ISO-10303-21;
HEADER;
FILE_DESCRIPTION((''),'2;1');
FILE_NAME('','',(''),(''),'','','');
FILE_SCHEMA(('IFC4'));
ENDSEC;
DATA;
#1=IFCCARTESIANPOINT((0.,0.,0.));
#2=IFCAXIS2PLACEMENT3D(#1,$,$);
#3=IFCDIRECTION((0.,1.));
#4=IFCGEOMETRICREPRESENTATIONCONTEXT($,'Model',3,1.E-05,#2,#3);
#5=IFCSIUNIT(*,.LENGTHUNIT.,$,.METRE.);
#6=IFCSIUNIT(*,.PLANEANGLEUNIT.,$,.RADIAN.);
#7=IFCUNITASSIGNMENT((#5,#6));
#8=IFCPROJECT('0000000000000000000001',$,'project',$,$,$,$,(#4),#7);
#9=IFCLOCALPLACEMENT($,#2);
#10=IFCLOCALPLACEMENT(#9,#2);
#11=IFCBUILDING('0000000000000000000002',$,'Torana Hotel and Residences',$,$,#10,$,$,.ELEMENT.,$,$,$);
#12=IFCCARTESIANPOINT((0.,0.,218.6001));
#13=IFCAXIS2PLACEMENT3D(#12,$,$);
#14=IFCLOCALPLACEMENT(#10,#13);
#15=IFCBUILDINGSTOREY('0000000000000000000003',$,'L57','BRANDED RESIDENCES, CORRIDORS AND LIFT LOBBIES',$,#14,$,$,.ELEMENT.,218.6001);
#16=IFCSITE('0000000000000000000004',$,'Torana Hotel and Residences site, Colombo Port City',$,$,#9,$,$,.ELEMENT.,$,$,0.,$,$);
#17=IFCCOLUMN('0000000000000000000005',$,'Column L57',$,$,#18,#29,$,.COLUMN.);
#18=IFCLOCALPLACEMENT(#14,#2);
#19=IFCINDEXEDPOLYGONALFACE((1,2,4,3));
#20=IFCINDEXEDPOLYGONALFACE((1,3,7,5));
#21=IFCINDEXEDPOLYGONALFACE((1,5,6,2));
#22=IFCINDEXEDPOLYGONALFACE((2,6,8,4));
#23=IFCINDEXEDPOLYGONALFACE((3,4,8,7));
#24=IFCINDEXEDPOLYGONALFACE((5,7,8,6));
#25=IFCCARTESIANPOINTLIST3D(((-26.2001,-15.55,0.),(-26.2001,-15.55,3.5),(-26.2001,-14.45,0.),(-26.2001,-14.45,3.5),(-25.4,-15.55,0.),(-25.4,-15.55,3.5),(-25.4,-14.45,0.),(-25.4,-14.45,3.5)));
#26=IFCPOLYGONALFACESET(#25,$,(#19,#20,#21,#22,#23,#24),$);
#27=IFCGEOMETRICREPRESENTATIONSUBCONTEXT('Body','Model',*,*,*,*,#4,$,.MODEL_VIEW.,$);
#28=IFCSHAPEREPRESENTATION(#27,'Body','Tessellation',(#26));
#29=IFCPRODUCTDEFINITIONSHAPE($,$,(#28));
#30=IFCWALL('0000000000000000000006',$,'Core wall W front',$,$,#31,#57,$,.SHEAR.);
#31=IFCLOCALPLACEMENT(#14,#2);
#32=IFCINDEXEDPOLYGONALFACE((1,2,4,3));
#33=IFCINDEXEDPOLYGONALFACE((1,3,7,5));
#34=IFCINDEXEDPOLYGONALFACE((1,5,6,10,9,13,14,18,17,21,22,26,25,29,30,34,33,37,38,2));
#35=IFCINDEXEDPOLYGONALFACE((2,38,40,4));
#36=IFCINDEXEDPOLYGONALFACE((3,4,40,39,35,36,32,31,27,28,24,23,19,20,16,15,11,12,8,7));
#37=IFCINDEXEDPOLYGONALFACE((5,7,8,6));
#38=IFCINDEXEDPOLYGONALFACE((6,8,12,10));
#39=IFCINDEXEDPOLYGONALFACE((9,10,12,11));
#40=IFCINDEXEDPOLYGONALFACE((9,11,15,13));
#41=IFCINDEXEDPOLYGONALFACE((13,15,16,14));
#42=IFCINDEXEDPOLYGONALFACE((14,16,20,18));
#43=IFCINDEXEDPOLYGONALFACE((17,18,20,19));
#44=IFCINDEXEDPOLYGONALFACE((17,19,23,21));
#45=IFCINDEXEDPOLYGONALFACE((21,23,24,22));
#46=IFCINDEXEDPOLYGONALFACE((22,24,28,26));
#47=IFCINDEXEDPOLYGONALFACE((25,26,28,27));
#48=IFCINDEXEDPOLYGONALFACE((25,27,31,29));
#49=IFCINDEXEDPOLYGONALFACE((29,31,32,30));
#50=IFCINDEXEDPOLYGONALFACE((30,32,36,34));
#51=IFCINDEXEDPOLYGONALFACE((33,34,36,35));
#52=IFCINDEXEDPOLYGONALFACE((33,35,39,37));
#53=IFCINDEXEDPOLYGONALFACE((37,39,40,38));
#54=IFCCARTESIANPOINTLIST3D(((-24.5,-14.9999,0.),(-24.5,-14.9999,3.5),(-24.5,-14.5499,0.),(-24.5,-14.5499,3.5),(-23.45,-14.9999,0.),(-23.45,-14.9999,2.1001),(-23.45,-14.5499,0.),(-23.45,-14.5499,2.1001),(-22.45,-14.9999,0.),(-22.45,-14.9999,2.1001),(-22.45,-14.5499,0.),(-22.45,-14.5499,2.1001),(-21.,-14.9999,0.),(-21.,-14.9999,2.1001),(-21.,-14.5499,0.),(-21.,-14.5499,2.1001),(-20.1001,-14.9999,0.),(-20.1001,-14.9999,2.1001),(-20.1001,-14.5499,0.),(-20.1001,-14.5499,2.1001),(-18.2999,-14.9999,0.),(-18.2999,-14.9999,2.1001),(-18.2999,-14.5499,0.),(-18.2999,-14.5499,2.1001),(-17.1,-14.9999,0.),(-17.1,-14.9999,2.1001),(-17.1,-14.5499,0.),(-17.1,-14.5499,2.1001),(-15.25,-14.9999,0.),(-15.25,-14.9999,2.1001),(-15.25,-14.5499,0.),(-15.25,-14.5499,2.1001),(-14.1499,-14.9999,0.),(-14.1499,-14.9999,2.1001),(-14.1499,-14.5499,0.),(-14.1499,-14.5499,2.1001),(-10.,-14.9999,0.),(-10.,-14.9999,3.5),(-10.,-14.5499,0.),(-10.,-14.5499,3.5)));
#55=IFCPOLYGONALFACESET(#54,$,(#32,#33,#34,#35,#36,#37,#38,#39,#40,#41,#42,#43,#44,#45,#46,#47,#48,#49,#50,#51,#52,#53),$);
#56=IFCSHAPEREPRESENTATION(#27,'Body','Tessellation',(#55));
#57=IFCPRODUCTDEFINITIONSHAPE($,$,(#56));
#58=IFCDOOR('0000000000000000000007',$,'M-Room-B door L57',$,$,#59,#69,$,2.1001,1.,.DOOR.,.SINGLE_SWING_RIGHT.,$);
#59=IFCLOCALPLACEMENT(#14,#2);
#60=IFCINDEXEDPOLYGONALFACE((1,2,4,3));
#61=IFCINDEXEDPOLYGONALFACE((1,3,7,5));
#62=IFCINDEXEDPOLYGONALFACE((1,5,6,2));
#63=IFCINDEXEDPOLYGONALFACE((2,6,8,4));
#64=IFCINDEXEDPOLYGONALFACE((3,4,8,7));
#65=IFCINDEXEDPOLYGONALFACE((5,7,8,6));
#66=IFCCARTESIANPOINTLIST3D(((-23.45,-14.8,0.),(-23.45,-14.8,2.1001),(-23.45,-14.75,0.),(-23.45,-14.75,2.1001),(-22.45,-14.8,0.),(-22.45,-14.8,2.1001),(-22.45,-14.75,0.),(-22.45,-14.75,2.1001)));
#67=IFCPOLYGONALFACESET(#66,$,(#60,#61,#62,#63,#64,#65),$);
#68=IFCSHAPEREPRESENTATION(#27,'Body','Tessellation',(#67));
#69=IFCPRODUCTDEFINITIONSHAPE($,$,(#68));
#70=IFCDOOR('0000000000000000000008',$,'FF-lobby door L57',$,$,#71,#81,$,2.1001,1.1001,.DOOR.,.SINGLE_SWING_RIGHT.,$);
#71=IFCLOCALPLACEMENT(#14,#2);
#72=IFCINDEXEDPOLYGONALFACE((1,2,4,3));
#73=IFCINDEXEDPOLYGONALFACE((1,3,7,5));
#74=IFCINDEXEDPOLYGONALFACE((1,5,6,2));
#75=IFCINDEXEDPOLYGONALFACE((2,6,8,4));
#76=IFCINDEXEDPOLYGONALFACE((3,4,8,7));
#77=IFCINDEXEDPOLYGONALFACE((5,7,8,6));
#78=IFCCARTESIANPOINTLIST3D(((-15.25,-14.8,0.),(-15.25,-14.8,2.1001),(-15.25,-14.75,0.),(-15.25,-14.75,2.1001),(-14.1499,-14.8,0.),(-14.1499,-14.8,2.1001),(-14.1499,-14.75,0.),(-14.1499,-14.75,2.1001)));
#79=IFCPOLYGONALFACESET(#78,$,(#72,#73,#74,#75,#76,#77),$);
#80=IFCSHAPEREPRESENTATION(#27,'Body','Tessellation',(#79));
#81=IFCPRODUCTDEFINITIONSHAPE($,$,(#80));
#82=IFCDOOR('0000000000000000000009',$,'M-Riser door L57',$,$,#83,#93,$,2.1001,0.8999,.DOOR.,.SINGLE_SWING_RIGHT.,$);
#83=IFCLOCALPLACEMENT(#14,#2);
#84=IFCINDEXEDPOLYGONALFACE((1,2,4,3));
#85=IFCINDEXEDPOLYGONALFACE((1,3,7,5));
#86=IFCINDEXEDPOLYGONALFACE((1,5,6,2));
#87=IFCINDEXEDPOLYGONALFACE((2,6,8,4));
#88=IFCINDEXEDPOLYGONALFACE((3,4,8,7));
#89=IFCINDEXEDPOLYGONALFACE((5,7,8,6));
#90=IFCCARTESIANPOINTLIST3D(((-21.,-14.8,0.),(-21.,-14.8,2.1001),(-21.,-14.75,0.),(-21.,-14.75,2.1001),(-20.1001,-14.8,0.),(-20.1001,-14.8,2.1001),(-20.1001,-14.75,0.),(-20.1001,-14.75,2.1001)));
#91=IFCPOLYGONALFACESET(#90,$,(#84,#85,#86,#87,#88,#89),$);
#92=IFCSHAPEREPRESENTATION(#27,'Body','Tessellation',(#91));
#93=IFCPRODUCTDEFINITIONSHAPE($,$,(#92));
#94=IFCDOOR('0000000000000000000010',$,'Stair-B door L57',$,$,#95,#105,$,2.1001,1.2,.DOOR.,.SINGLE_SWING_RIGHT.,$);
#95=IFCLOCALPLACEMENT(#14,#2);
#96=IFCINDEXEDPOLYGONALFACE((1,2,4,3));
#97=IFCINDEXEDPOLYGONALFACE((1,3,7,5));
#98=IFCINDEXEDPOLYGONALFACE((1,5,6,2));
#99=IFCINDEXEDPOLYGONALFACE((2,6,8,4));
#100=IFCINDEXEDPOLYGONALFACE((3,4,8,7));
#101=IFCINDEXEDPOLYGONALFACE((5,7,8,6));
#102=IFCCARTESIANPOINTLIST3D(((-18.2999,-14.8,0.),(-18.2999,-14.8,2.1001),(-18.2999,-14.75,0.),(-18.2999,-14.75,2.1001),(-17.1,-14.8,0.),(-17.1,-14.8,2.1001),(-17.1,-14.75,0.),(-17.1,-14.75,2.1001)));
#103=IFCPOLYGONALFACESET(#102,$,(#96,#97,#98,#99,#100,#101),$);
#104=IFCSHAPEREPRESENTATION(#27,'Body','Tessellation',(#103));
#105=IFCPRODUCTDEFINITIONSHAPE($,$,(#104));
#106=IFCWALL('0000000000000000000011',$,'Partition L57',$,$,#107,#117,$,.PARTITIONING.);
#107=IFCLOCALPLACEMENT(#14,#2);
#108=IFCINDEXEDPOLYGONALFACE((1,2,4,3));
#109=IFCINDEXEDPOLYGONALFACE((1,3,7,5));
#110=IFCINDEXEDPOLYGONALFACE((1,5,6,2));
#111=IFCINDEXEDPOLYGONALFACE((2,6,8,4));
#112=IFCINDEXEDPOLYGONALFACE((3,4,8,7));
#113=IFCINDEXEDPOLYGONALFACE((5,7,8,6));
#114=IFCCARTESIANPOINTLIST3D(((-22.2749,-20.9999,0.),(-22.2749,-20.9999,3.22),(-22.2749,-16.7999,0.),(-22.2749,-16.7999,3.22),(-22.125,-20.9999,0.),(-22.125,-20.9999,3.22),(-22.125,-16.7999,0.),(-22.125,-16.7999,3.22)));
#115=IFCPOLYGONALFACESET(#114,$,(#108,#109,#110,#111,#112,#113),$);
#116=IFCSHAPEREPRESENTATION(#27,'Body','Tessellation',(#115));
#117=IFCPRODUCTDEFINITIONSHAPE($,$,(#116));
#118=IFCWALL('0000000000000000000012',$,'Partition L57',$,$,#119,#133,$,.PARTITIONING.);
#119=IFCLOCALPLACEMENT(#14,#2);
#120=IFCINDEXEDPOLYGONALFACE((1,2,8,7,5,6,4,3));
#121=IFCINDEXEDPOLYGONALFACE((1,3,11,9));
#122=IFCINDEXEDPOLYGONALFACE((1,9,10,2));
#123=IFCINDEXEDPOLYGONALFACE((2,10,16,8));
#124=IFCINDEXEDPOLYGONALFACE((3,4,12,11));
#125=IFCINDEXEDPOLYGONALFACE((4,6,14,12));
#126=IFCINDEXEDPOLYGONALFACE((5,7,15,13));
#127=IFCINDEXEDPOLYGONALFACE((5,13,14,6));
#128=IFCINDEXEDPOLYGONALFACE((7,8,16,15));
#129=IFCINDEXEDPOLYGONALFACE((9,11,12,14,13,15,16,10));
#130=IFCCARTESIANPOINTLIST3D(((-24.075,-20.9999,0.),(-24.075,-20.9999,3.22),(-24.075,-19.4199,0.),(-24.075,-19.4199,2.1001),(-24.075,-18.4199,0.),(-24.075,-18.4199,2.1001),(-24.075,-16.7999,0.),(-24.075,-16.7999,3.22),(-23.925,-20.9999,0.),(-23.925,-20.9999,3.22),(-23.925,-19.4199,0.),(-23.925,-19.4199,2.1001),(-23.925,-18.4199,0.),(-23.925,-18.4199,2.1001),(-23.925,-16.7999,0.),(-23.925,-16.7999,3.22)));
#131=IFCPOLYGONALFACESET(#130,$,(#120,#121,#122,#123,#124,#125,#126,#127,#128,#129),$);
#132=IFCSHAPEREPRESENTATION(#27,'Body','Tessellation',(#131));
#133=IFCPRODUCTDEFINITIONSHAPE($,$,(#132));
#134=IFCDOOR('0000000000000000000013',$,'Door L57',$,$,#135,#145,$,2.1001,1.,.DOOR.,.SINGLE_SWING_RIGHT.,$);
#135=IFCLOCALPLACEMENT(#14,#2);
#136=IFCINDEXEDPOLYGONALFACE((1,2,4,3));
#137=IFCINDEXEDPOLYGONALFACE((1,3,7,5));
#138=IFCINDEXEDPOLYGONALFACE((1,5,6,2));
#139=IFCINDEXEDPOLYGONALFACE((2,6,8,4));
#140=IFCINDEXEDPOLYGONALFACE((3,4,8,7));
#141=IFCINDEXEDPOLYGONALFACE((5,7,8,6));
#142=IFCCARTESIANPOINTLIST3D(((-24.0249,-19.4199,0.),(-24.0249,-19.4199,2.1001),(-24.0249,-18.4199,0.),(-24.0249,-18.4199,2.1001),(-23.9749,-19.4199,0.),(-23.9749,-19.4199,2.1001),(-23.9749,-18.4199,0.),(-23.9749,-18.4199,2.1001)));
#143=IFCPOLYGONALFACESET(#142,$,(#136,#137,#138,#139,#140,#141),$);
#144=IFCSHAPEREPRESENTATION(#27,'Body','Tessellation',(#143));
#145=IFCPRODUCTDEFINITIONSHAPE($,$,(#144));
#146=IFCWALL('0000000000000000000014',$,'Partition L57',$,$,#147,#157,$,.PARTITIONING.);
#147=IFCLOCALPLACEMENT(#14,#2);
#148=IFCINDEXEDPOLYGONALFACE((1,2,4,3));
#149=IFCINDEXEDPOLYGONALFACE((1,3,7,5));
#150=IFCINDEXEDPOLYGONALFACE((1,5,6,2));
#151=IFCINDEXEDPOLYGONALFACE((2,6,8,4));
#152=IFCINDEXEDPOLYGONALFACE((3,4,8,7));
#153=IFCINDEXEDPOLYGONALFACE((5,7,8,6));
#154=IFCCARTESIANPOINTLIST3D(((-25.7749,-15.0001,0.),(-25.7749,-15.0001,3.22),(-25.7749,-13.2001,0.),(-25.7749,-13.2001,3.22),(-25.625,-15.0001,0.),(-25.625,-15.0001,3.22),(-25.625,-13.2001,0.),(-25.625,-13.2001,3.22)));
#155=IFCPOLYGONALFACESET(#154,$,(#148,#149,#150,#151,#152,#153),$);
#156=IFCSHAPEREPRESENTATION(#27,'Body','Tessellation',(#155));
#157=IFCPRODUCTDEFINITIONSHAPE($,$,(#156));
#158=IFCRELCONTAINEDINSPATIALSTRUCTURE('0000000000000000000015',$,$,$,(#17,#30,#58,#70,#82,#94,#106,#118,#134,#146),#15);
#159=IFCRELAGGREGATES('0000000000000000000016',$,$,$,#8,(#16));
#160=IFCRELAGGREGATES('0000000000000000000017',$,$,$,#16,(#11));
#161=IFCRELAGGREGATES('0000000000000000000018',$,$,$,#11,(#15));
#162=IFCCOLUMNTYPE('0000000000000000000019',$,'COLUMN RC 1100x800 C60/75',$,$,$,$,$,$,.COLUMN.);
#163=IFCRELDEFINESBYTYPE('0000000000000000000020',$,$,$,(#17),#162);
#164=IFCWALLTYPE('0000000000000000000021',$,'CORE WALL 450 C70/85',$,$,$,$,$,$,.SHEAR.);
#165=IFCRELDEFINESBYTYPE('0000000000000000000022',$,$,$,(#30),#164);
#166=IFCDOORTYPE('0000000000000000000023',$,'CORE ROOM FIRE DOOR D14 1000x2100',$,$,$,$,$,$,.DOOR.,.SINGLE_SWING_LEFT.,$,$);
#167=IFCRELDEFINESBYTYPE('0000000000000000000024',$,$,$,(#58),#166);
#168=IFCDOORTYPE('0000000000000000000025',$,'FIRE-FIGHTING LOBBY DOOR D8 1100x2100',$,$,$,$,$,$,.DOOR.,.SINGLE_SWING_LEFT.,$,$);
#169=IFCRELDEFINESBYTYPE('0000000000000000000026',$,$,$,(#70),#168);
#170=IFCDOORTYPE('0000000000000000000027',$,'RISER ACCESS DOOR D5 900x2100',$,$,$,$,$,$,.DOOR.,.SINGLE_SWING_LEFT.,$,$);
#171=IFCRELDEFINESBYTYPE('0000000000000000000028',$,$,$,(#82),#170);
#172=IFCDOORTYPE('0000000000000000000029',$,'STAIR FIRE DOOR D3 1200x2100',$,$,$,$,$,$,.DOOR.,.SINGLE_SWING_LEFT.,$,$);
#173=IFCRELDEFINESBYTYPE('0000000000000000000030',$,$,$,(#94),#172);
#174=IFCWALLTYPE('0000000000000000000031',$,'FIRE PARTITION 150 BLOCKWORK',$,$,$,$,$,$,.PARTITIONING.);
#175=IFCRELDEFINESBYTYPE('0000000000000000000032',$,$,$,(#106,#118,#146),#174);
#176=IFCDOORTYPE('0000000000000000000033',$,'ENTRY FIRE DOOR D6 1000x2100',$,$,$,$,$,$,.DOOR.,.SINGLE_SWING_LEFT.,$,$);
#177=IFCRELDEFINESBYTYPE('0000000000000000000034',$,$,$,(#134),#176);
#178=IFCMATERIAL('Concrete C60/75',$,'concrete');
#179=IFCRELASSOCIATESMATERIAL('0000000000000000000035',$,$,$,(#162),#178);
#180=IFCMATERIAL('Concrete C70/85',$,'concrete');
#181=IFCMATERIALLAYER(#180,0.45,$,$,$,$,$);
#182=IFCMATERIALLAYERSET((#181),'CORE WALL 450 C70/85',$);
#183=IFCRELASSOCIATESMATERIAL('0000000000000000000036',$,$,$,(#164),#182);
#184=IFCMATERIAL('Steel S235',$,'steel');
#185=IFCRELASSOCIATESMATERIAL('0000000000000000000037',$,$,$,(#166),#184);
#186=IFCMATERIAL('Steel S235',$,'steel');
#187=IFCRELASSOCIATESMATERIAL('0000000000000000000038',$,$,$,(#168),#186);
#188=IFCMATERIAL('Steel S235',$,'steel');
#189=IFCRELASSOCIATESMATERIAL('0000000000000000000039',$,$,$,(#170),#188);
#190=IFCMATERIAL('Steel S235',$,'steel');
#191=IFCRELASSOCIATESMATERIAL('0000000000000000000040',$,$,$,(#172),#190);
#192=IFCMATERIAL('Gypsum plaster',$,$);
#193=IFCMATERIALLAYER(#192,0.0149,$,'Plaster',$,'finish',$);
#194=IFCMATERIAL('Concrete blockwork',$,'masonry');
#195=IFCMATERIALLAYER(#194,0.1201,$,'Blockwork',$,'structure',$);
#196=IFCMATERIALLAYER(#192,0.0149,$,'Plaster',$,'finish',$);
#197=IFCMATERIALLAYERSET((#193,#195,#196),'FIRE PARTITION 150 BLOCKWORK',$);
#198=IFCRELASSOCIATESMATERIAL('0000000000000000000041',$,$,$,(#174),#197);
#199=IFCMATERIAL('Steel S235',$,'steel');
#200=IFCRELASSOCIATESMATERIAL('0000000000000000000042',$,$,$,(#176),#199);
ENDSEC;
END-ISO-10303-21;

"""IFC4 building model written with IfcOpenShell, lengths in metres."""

from ifc_helpers import new_model, si_unit, direction, frame, frame_2d, origin, origin_2d, place, context, subcontext, project, spatial, rectangle, extrude, material, layer, layer_set, material_profile, profile_set, type_object, element, fill, save


model = new_model("IFC4")

# Units and contexts
model_context = context("Model", 3, precision=1e-05, world=origin(), true_north=direction((0.0, 1.0)))
body_context = subcontext(model_context, "Body", "Model", "MODEL_VIEW")
ifc_project = project(units=[si_unit("LENGTHUNIT", "METRE"), si_unit("PLANEANGLEUNIT", "RADIAN")], contexts=[model_context])

# Site, building, storey
site_placement = place(None, origin())
site = spatial("IfcSite", under=ifc_project, at=site_placement, Name="Torana Hotel and Residences site, Colombo Port City", CompositionType="ELEMENT", RefElevation=0.0)
building_placement = place(site_placement, origin())
building = spatial("IfcBuilding", under=site, at=building_placement, Name="Torana Hotel and Residences", CompositionType="ELEMENT")
storey_placement = place(building_placement, frame((0.0, 0.0, 218.6001)))
storey = spatial("IfcBuildingStorey", under=building, at=storey_placement, Name="L57", Description="BRANDED RESIDENCES, CORRIDORS AND LIFT LOBBIES", CompositionType="ELEMENT", Elevation=218.6001)

# Column
ifc_material_1 = material(Name="Concrete C60/75", Category="concrete")
ifc_material_profile = material_profile(ifc_material_1, rectangle(XDim=1.1001, YDim=0.8, at=origin_2d()), Name="RC 1100x800")
ifc_profile_set = profile_set([ifc_material_profile], Name="Concrete C60/75")
column_type = type_object("IfcColumnType", Name="COLUMN RC 1100x800 C60/75", PredefinedType="COLUMN", material=ifc_profile_set)
column_placement = place(storey_placement, frame((-25.8, -15.0, 0.0), z_axis=(0.0, 0.0, 1.0), x_axis=(0.0, 1.0, 0.0)))
element("IfcColumn", 1, at=column_placement, inside=storey, type_object=column_type, Name="Column L57", PredefinedType="COLUMN", context=body_context, shape_type="SweptSolid", body=[
    extrude(rectangle(XDim=1.1001, YDim=0.8, at=origin_2d()), origin(), (0.0, 0.0, 1.0), 3.5),
])

# Wall, openings, doors
ifc_material_2 = material(Name="Concrete C70/85", Category="concrete")
ifc_layer_1 = layer(ifc_material_2, 0.45)
ifc_layer_set_1 = layer_set([ifc_layer_1], Name="CORE WALL 450 C70/85")
wall_type_1 = type_object("IfcWallType", Name="CORE WALL 450 C70/85", PredefinedType="SHEAR", material=ifc_layer_set_1)
wall_1_placement = place(storey_placement, frame((-24.5, -14.7749, 0.0), z_axis=(0.0, 0.0, 1.0), x_axis=(1.0, 0.0, 0.0)))
wall_1 = element("IfcWall", 2, at=wall_1_placement, inside=storey, type_object=wall_type_1, Name="Core wall W front", PredefinedType="SHEAR", context=body_context, shape_type="SweptSolid", body=[
    extrude(rectangle(XDim=14.5, YDim=0.45, at=frame_2d((7.25, 0.0))), origin(), (0.0, 0.0, 1.0), 3.5),
])
opening_1_placement = place(wall_1_placement, frame((6.2, 0.0, 0.0)))
opening_1 = element("IfcOpeningElement", 3, at=opening_1_placement, cuts=wall_1, PredefinedType="OPENING", context=body_context, shape_type="SweptSolid", body=[
    extrude(rectangle(XDim=1.2, YDim=2.1001, at=frame_2d((0.6001, 1.05))), frame((0.0, 0.2349, 0.0), z_axis=(0.0, -1.0, 0.0), x_axis=(1.0, 0.0, 0.0)), (0.0, 0.0, 1.0), 0.47),
])
opening_2_placement = place(wall_1_placement, frame((9.25, 0.0, 0.0)))
opening_2 = element("IfcOpeningElement", 4, at=opening_2_placement, cuts=wall_1, PredefinedType="OPENING", context=body_context, shape_type="SweptSolid", body=[
    extrude(rectangle(XDim=1.1001, YDim=2.1001, at=frame_2d((0.55, 1.05))), frame((0.0, 0.2349, 0.0), z_axis=(0.0, -1.0, 0.0), x_axis=(1.0, 0.0, 0.0)), (0.0, 0.0, 1.0), 0.47),
])
opening_3_placement = place(wall_1_placement, frame((3.5, 0.0, 0.0)))
opening_3 = element("IfcOpeningElement", 5, at=opening_3_placement, cuts=wall_1, PredefinedType="OPENING", context=body_context, shape_type="SweptSolid", body=[
    extrude(rectangle(XDim=0.8999, YDim=2.1001, at=frame_2d((0.45, 1.05))), frame((0.0, 0.2349, 0.0), z_axis=(0.0, -1.0, 0.0), x_axis=(1.0, 0.0, 0.0)), (0.0, 0.0, 1.0), 0.47),
])
opening_4_placement = place(wall_1_placement, frame((1.05, 0.0, 0.0)))
opening_4 = element("IfcOpeningElement", 6, at=opening_4_placement, cuts=wall_1, PredefinedType="OPENING", context=body_context, shape_type="SweptSolid", body=[
    extrude(rectangle(XDim=1.0, YDim=2.1001, at=frame_2d((0.5, 1.05))), frame((0.0, 0.2349, 0.0), z_axis=(0.0, -1.0, 0.0), x_axis=(1.0, 0.0, 0.0)), (0.0, 0.0, 1.0), 0.47),
])
ifc_material_3 = material(Name="Steel S235", Category="steel")
door_type_1 = type_object("IfcDoorType", Name="CORE ROOM FIRE DOOR D14 1000x2100", OperationType="SINGLE_SWING_LEFT", PredefinedType="DOOR", material=ifc_material_3)
door_1_placement = place(opening_4_placement, origin())
door_1 = element("IfcDoor", 7, at=door_1_placement, inside=storey, type_object=door_type_1, Name="M-Room-B door L57", OperationType="SINGLE_SWING_RIGHT", OverallHeight=2.1001, OverallWidth=1.0, PredefinedType="DOOR", context=body_context, shape_type="SweptSolid", body=[
    extrude(rectangle(XDim=1.0, YDim=2.1001, at=frame_2d((0.5, 1.05))), frame((0.0, 0.0249, 0.0), z_axis=(0.0, -1.0, 0.0), x_axis=(1.0, 0.0, 0.0)), (0.0, 0.0, 1.0), 0.05),
])
fill(opening_4, door_1)
ifc_material_4 = material(Name="Steel S235", Category="steel")
door_type_2 = type_object("IfcDoorType", Name="FIRE-FIGHTING LOBBY DOOR D8 1100x2100", OperationType="SINGLE_SWING_LEFT", PredefinedType="DOOR", material=ifc_material_4)
door_2_placement = place(opening_2_placement, origin())
door_2 = element("IfcDoor", 8, at=door_2_placement, inside=storey, type_object=door_type_2, Name="FF-lobby door L57", OperationType="SINGLE_SWING_RIGHT", OverallHeight=2.1001, OverallWidth=1.1001, PredefinedType="DOOR", context=body_context, shape_type="SweptSolid", body=[
    extrude(rectangle(XDim=1.1001, YDim=2.1001, at=frame_2d((0.55, 1.05))), frame((0.0, 0.0249, 0.0), z_axis=(0.0, -1.0, 0.0), x_axis=(1.0, 0.0, 0.0)), (0.0, 0.0, 1.0), 0.05),
])
fill(opening_2, door_2)
ifc_material_5 = material(Name="Steel S235", Category="steel")
door_type_3 = type_object("IfcDoorType", Name="RISER ACCESS DOOR D5 900x2100", OperationType="SINGLE_SWING_LEFT", PredefinedType="DOOR", material=ifc_material_5)
door_3_placement = place(opening_3_placement, origin())
door_3 = element("IfcDoor", 9, at=door_3_placement, inside=storey, type_object=door_type_3, Name="M-Riser door L57", OperationType="SINGLE_SWING_RIGHT", OverallHeight=2.1001, OverallWidth=0.8999, PredefinedType="DOOR", context=body_context, shape_type="SweptSolid", body=[
    extrude(rectangle(XDim=0.8999, YDim=2.1001, at=frame_2d((0.45, 1.05))), frame((0.0, 0.0249, 0.0), z_axis=(0.0, -1.0, 0.0), x_axis=(1.0, 0.0, 0.0)), (0.0, 0.0, 1.0), 0.05),
])
fill(opening_3, door_3)
ifc_material_6 = material(Name="Steel S235", Category="steel")
door_type_4 = type_object("IfcDoorType", Name="STAIR FIRE DOOR D3 1200x2100", OperationType="SINGLE_SWING_LEFT", PredefinedType="DOOR", material=ifc_material_6)
door_4_placement = place(opening_1_placement, origin())
door_4 = element("IfcDoor", 10, at=door_4_placement, inside=storey, type_object=door_type_4, Name="Stair-B door L57", OperationType="SINGLE_SWING_RIGHT", OverallHeight=2.1001, OverallWidth=1.2, PredefinedType="DOOR", context=body_context, shape_type="SweptSolid", body=[
    extrude(rectangle(XDim=1.2, YDim=2.1001, at=frame_2d((0.6001, 1.05))), frame((0.0, 0.0249, 0.0), z_axis=(0.0, -1.0, 0.0), x_axis=(1.0, 0.0, 0.0)), (0.0, 0.0, 1.0), 0.05),
])
fill(opening_1, door_4)

# Wall
ifc_material_7 = material(Name="Gypsum plaster")
ifc_layer_2 = layer(ifc_material_7, 0.0149, Name="Plaster", Category="finish")
ifc_material_8 = material(Name="Concrete blockwork", Category="masonry")
ifc_layer_3 = layer(ifc_material_8, 0.1201, Name="Blockwork", Category="structure")
ifc_layer_4 = layer(ifc_material_7, 0.0149, Name="Plaster", Category="finish")
ifc_layer_set_2 = layer_set([ifc_layer_2, ifc_layer_3, ifc_layer_4], Name="FIRE PARTITION 150 BLOCKWORK")
wall_type_2 = type_object("IfcWallType", Name="FIRE PARTITION 150 BLOCKWORK", PredefinedType="PARTITIONING", material=ifc_layer_set_2)
wall_2_placement = place(storey_placement, frame((-22.2, -21.0, 0.0), z_axis=(0.0, 0.0, 1.0), x_axis=(0.0, 1.0, 0.0)))
element("IfcWall", 11, at=wall_2_placement, inside=storey, type_object=wall_type_2, Name="Partition L57", PredefinedType="PARTITIONING", context=body_context, shape_type="SweptSolid", body=[
    extrude(rectangle(XDim=4.2, YDim=0.1499, at=frame_2d((2.1001, 0.0))), origin(), (0.0, 0.0, 1.0), 3.22),
])

# Wall, opening, door
wall_3_placement = place(storey_placement, frame((-24.0, -21.0, 0.0), z_axis=(0.0, 0.0, 1.0), x_axis=(0.0, 1.0, 0.0)))
wall_3 = element("IfcWall", 12, at=wall_3_placement, inside=storey, type_object=wall_type_2, Name="Partition L57", PredefinedType="PARTITIONING", context=body_context, shape_type="SweptSolid", body=[
    extrude(rectangle(XDim=4.2, YDim=0.1499, at=frame_2d((2.1001, 0.0))), origin(), (0.0, 0.0, 1.0), 3.22),
])
opening_5_placement = place(wall_3_placement, frame((1.5801, 0.0, 0.0)))
opening_5 = element("IfcOpeningElement", 13, at=opening_5_placement, cuts=wall_3, PredefinedType="OPENING", context=body_context, shape_type="SweptSolid", body=[
    extrude(rectangle(XDim=1.0, YDim=2.1001, at=frame_2d((0.5, 1.05))), frame((0.0, 0.085, 0.0), z_axis=(0.0, -1.0, 0.0), x_axis=(1.0, 0.0, 0.0)), (0.0, 0.0, 1.0), 0.1699),
])
ifc_material_9 = material(Name="Steel S235", Category="steel")
door_type_5 = type_object("IfcDoorType", Name="ENTRY FIRE DOOR D6 1000x2100", OperationType="SINGLE_SWING_LEFT", PredefinedType="DOOR", material=ifc_material_9)
door_5_placement = place(opening_5_placement, origin())
door_5 = element("IfcDoor", 14, at=door_5_placement, inside=storey, type_object=door_type_5, Name="Door L57", OperationType="SINGLE_SWING_RIGHT", OverallHeight=2.1001, OverallWidth=1.0, PredefinedType="DOOR", context=body_context, shape_type="SweptSolid", body=[
    extrude(rectangle(XDim=1.0, YDim=2.1001, at=frame_2d((0.5, 1.05))), frame((0.0, 0.0249, 0.0), z_axis=(0.0, -1.0, 0.0), x_axis=(1.0, 0.0, 0.0)), (0.0, 0.0, 1.0), 0.05),
])
fill(opening_5, door_5)

# Wall
wall_4_placement = place(storey_placement, frame((-25.7, -15.0, 0.0), z_axis=(0.0, 0.0, 1.0), x_axis=(0.0, 1.0, 0.0)))
element("IfcWall", 15, at=wall_4_placement, inside=storey, type_object=wall_type_2, Name="Partition L57", PredefinedType="PARTITIONING", context=body_context, shape_type="SweptSolid", body=[
    extrude(rectangle(XDim=1.8, YDim=0.1499, at=frame_2d((0.8999, 0.0))), origin(), (0.0, 0.0, 1.0), 3.22),
])

save(model, "model.ifc")
